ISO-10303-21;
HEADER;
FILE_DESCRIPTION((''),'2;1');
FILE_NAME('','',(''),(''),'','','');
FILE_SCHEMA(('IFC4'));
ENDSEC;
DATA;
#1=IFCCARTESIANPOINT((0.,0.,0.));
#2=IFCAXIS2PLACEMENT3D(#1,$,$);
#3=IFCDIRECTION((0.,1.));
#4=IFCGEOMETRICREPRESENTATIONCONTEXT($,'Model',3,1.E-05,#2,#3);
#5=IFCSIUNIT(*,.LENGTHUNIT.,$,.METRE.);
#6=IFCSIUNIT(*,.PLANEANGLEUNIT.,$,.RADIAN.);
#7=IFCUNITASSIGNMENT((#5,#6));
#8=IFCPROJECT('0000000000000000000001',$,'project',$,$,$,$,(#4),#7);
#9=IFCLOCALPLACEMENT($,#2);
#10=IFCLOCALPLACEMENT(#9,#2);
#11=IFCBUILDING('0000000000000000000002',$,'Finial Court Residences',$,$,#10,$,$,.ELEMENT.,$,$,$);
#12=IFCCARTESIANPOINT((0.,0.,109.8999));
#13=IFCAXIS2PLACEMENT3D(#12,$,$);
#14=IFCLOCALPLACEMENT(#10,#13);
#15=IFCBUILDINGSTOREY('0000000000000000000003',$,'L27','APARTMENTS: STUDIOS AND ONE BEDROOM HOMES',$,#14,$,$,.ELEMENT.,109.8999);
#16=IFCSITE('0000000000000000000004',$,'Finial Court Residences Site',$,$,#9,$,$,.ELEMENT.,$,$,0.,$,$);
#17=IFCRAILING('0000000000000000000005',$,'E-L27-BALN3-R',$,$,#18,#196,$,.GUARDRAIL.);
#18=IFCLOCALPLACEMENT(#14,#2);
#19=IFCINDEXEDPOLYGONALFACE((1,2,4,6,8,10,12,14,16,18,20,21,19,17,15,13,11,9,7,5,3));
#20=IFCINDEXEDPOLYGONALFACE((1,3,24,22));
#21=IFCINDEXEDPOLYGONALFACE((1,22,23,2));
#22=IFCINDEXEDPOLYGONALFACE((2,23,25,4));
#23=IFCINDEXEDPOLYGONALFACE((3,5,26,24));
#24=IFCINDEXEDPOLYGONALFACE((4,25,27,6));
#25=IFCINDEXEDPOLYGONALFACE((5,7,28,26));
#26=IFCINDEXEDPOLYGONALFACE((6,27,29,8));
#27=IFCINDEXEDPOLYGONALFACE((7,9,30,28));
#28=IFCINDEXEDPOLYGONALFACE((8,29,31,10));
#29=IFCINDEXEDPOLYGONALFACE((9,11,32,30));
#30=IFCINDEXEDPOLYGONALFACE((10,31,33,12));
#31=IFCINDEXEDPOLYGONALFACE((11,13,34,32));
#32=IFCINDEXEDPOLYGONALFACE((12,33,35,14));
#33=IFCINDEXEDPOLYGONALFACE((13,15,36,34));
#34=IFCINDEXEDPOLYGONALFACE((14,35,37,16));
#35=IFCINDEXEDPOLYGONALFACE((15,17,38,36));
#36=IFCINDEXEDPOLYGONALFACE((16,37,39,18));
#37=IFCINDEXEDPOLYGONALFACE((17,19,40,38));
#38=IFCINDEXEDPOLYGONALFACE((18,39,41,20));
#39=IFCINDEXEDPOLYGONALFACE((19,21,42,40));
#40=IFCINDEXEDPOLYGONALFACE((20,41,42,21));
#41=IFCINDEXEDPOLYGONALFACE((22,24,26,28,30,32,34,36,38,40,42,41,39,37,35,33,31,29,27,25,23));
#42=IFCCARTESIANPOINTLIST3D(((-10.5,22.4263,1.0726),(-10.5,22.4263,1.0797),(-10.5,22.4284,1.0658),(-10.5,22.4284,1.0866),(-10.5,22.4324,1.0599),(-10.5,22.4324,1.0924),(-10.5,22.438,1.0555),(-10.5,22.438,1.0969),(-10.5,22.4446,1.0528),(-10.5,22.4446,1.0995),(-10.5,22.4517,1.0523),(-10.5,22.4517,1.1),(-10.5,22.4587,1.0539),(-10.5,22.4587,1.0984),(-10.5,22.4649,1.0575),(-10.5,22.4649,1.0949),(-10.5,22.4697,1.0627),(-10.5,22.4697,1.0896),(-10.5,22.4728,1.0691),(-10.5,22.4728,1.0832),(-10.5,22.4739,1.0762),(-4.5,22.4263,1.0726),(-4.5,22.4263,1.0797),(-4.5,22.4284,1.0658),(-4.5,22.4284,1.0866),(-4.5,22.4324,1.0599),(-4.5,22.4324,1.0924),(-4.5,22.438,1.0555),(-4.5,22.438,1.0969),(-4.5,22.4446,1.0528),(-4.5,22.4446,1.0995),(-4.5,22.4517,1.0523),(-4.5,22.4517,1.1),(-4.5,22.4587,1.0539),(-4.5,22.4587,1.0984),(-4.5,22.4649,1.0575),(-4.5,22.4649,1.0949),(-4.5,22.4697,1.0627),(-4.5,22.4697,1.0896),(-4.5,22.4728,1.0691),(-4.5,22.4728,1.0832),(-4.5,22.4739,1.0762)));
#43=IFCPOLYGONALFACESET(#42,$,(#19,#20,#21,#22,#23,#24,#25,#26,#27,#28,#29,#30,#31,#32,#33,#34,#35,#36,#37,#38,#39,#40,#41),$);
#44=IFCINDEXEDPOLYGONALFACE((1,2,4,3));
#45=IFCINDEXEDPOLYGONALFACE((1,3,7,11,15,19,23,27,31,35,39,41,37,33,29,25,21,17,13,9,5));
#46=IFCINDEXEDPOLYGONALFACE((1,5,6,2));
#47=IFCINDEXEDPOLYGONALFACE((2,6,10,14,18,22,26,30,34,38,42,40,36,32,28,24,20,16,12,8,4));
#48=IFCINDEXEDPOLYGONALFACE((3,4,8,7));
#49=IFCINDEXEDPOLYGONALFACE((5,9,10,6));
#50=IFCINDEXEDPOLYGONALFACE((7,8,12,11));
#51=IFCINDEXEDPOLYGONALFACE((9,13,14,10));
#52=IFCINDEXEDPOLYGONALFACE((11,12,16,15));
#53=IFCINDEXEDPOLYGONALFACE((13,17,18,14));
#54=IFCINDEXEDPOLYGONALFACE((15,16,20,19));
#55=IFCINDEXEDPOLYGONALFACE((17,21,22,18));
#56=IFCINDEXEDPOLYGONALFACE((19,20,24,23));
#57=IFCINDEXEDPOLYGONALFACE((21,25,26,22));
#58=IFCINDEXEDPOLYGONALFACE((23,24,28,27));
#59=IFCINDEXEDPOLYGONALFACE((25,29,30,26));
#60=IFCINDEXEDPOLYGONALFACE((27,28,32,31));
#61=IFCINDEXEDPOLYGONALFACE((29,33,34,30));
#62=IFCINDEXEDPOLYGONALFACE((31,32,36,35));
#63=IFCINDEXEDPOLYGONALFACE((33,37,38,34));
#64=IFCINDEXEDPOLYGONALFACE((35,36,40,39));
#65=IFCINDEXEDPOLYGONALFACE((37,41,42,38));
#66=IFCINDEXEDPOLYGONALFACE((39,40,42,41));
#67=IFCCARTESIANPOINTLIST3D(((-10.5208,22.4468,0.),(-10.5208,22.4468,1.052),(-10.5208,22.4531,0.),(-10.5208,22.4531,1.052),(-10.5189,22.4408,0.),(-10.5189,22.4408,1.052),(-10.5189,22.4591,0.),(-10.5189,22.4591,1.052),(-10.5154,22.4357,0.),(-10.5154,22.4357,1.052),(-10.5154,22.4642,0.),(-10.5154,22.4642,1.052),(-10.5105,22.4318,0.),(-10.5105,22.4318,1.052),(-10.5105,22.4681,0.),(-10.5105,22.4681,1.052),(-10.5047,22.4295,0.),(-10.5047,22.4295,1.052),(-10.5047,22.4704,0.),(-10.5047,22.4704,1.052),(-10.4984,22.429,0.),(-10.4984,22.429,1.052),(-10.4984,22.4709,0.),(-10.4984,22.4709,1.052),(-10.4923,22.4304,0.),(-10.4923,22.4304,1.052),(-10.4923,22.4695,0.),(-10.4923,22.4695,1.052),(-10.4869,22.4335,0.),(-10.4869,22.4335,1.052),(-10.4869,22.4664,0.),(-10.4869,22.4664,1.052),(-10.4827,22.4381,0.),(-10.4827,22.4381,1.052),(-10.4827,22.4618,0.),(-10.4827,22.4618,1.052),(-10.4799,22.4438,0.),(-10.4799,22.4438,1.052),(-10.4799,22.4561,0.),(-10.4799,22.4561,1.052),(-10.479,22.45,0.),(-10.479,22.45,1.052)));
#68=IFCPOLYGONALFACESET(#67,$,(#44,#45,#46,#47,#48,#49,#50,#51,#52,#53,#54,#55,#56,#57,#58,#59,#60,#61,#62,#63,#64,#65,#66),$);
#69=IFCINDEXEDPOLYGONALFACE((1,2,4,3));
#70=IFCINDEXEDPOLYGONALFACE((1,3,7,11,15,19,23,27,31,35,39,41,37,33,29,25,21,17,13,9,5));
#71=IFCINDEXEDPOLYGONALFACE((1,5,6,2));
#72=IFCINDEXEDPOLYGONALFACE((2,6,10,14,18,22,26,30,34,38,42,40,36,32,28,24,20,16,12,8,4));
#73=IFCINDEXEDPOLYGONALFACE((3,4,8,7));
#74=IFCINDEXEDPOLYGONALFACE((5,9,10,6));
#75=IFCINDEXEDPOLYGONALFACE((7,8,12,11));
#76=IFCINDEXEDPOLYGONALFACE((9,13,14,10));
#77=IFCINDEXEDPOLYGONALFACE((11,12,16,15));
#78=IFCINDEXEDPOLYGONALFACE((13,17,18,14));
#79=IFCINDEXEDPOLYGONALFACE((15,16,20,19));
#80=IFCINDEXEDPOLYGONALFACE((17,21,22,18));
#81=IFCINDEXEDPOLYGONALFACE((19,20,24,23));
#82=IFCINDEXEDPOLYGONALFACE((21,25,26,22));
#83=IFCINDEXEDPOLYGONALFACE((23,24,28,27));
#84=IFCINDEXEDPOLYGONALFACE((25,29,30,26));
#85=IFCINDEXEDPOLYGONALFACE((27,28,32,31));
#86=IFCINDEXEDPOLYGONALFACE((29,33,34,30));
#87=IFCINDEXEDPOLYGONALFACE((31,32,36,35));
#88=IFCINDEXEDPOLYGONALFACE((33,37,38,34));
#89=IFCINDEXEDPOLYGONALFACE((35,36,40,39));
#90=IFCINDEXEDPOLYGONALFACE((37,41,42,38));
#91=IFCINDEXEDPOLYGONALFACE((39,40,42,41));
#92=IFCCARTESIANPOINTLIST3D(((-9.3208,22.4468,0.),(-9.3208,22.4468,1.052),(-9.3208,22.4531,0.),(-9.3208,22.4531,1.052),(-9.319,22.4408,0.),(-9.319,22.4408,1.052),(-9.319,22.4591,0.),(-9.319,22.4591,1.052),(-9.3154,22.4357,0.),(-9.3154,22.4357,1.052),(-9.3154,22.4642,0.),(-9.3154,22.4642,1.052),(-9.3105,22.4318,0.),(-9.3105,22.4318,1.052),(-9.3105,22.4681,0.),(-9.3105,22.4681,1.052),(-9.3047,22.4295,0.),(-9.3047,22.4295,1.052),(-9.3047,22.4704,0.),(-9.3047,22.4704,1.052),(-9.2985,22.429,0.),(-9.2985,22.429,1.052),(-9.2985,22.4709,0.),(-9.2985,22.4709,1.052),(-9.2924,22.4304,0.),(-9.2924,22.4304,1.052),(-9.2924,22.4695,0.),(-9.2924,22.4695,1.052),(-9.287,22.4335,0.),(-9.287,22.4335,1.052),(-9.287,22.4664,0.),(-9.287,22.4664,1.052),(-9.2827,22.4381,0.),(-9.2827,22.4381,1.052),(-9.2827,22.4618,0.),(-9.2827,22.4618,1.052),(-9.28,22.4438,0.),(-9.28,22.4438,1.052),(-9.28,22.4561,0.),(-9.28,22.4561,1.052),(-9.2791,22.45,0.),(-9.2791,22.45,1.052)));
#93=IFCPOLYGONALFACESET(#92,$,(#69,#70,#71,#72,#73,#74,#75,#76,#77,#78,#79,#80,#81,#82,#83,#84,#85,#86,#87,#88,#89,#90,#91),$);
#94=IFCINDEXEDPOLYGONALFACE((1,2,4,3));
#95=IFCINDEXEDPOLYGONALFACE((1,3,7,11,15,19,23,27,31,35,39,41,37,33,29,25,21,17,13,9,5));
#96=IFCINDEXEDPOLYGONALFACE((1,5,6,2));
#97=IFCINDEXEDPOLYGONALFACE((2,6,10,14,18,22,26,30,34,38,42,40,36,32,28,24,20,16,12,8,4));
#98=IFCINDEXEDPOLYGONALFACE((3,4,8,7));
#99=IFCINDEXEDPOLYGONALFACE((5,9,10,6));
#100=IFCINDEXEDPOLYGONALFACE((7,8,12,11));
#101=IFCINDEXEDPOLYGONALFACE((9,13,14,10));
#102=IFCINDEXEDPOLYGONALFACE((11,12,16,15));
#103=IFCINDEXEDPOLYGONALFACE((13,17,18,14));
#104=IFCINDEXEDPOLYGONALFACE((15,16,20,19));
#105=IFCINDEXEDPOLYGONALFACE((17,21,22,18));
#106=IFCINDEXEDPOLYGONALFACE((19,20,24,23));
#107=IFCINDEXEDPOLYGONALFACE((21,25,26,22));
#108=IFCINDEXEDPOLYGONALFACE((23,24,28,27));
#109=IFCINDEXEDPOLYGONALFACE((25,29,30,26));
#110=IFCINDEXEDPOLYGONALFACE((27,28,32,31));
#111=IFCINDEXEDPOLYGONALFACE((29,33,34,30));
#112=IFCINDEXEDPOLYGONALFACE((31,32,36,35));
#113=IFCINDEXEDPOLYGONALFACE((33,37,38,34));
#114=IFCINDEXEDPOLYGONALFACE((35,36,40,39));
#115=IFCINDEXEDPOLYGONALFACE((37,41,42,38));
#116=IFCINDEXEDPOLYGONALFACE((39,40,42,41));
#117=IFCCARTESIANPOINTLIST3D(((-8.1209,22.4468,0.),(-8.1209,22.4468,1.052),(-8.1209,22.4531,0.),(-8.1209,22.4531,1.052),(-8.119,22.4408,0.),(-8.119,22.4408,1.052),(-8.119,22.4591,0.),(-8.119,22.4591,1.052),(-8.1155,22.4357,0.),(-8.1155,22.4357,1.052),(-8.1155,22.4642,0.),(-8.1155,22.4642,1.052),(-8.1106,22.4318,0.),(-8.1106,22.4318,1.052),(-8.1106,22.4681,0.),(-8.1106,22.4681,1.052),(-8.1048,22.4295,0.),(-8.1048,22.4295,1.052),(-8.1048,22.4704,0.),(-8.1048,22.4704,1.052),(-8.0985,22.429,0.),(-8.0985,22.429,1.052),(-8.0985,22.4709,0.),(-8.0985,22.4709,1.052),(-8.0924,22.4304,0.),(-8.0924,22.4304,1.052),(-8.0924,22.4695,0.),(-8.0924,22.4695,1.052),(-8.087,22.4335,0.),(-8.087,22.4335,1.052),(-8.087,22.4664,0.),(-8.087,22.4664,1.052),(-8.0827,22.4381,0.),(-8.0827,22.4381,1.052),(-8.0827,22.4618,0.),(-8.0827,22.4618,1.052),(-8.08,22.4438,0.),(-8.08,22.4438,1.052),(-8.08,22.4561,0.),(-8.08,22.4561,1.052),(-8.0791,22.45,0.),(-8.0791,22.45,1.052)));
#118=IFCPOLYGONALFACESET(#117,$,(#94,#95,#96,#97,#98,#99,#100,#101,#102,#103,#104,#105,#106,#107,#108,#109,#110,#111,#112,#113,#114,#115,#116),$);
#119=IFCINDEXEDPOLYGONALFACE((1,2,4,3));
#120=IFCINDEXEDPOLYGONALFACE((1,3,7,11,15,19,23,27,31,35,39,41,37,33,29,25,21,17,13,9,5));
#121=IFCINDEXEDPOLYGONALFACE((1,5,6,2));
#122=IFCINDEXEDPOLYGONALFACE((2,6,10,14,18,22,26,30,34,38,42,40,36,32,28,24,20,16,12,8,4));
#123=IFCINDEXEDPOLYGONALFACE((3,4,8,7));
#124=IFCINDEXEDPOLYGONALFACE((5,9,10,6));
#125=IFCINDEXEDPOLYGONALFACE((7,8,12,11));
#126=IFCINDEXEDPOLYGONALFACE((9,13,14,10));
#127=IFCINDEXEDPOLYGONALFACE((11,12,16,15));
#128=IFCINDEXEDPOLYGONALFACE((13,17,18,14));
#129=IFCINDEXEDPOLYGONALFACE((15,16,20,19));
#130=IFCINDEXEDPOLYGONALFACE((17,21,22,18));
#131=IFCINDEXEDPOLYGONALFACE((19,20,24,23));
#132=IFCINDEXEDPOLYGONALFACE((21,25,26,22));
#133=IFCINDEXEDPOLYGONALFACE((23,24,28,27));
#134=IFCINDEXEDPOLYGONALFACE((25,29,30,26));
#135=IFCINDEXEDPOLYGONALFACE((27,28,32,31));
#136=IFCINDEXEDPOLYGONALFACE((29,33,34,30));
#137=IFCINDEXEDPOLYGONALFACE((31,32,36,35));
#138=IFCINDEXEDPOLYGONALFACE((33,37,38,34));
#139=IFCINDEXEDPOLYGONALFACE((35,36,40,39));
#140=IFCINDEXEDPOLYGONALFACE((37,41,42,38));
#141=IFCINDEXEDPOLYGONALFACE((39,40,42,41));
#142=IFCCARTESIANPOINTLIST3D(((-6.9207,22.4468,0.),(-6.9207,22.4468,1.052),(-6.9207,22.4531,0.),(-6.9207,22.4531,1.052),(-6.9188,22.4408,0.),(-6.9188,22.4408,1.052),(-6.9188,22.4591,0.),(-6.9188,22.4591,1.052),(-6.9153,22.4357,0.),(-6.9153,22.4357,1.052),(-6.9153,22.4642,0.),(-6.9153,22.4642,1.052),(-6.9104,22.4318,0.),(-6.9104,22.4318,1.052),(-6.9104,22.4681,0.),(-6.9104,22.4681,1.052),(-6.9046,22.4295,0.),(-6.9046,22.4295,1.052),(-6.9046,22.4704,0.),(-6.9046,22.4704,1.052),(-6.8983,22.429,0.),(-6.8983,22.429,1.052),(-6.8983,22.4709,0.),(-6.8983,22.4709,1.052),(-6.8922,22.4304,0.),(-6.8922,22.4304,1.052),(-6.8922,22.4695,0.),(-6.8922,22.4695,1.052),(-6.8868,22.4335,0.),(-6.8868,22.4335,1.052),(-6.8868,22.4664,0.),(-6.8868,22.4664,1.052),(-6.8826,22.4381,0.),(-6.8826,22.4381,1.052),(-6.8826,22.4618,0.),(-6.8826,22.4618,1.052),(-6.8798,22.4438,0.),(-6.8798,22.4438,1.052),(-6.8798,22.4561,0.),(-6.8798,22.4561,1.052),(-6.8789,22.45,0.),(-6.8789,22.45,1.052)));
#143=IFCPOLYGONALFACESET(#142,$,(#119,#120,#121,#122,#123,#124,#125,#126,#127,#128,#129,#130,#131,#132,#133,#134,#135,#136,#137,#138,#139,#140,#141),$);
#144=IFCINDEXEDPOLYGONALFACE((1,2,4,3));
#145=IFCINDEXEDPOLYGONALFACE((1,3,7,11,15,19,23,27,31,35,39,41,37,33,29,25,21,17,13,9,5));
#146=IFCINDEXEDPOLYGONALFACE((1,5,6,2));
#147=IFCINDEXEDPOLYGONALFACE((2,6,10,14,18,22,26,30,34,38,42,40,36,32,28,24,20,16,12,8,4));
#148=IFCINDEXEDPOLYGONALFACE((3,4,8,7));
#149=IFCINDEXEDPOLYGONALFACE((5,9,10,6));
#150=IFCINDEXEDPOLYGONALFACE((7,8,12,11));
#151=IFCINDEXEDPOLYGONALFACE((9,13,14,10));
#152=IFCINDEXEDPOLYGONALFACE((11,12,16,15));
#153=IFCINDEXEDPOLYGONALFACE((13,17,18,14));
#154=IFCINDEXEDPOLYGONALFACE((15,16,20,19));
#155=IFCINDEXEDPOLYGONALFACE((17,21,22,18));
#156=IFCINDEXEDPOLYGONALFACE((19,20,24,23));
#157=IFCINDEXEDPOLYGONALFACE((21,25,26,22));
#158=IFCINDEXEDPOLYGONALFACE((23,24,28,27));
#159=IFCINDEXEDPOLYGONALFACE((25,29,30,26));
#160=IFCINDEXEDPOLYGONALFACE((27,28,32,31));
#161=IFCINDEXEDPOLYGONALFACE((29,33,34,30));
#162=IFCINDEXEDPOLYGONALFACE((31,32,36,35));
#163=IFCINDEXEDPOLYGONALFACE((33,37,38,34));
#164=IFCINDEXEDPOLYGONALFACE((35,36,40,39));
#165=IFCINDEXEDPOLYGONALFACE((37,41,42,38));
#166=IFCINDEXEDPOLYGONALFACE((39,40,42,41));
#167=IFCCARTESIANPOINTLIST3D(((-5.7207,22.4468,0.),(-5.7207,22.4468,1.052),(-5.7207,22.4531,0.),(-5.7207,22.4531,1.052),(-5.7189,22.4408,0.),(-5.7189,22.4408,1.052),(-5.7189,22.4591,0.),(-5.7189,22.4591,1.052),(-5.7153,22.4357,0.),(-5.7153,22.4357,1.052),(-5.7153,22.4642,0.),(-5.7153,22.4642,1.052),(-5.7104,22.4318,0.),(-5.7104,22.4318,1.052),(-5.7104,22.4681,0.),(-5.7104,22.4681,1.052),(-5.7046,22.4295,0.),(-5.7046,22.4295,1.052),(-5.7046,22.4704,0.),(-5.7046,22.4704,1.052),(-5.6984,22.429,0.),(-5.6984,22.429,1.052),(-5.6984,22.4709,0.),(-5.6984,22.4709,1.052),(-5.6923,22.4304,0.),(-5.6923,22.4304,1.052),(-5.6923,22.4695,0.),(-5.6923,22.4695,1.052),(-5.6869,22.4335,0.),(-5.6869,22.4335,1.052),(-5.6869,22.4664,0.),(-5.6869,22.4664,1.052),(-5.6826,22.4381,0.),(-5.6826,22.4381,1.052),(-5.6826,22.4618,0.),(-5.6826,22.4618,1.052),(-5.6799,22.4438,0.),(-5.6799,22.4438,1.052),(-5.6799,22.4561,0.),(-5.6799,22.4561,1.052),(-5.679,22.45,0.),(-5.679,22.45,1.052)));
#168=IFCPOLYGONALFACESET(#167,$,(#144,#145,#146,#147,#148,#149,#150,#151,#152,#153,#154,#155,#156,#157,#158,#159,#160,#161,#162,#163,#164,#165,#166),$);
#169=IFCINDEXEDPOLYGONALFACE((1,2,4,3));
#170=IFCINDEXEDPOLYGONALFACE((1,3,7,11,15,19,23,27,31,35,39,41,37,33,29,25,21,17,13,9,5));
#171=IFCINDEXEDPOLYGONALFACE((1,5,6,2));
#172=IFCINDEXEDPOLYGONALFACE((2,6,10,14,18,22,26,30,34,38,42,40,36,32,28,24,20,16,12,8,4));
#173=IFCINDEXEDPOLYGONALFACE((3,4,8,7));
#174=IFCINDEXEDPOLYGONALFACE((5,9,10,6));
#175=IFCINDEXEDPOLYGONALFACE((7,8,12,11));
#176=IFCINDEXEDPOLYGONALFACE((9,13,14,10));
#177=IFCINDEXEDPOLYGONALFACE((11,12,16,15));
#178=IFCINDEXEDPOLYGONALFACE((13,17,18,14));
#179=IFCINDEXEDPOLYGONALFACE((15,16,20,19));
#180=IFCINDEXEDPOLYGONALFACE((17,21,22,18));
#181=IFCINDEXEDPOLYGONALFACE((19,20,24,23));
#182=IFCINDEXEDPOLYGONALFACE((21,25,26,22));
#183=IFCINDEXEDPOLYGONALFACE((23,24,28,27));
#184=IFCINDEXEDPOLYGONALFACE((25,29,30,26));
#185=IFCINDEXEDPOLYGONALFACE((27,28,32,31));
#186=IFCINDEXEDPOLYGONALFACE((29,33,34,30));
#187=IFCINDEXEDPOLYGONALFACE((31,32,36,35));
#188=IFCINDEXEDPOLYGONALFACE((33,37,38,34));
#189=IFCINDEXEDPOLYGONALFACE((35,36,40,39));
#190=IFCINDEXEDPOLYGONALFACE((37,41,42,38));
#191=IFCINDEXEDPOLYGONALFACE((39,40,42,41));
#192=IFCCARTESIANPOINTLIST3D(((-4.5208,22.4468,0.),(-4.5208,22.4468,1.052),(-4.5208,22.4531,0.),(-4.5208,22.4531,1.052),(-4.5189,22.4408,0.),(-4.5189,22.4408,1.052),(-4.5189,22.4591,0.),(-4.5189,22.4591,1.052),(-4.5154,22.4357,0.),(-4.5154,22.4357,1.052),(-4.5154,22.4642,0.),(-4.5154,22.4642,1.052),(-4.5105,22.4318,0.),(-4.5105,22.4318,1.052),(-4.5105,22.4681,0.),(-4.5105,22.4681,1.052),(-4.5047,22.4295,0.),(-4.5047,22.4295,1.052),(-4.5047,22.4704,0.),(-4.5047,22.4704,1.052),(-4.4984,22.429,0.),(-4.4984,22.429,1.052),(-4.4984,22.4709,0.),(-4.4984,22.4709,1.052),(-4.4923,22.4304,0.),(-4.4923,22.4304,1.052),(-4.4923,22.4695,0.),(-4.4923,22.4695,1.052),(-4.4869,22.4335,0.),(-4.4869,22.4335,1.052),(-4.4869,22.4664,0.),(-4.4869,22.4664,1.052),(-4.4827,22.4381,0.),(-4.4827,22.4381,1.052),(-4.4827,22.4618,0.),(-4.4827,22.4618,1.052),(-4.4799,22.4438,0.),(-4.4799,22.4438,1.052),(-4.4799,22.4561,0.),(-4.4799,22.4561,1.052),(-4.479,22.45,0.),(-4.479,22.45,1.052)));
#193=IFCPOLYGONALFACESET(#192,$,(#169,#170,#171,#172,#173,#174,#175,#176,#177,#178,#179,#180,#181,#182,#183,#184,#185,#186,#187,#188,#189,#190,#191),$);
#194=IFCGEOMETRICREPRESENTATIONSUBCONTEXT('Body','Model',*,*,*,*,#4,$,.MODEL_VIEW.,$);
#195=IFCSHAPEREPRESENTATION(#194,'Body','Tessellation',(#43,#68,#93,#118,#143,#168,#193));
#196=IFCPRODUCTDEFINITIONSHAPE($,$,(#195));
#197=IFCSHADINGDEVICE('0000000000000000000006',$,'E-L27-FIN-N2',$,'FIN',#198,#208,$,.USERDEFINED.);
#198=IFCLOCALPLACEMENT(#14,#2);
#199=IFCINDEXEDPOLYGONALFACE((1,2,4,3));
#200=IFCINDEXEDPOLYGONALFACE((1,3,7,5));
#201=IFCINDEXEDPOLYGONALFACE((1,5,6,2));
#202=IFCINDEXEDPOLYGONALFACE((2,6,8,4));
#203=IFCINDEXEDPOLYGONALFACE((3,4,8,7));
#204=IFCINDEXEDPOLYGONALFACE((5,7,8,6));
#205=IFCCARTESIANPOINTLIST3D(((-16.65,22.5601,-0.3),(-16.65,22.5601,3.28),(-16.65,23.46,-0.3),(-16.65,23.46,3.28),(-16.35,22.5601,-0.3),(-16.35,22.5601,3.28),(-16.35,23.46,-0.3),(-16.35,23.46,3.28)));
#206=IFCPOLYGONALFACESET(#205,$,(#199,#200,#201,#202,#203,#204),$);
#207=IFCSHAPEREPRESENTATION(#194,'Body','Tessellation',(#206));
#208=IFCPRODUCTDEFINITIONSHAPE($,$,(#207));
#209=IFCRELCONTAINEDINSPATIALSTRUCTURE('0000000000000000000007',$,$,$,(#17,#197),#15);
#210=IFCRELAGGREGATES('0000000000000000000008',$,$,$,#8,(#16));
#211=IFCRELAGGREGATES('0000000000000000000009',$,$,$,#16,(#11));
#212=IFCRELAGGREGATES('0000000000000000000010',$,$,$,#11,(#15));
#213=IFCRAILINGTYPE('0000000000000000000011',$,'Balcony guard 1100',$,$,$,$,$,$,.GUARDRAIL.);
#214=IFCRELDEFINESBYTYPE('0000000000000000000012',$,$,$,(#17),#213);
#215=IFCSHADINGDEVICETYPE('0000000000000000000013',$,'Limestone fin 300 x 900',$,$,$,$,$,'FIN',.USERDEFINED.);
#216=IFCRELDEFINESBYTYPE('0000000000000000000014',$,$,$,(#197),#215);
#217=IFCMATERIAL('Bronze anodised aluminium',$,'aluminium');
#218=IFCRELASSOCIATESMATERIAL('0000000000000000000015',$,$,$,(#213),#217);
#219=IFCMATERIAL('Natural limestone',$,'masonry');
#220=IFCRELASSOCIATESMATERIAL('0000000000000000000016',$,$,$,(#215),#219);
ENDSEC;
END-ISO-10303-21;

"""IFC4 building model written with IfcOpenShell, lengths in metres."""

from ifc_helpers import new_model, si_unit, direction, frame, origin, origin_2d, place, context, subcontext, project, spatial, rectangle, circle, extrude, material, type_object, element, save


model = new_model("IFC4")

# Units and contexts
model_context = context("Model", 3, precision=1e-05, world=origin(), true_north=direction((0.0, 1.0)))
body_context = subcontext(model_context, "Body", "Model", "MODEL_VIEW")
ifc_project = project(units=[si_unit("LENGTHUNIT", "METRE"), si_unit("PLANEANGLEUNIT", "RADIAN")], contexts=[model_context])

# Site, building, storey
site_placement = place(None, origin())
site = spatial("IfcSite", under=ifc_project, at=site_placement, Name="Finial Court Residences Site", CompositionType="ELEMENT", RefElevation=0.0)
building_placement = place(site_placement, origin())
building = spatial("IfcBuilding", under=site, at=building_placement, Name="Finial Court Residences", CompositionType="ELEMENT")
storey_placement = place(building_placement, frame((0.0, 0.0, 109.8999)))
storey = spatial("IfcBuildingStorey", under=building, at=storey_placement, Name="L27", Description="APARTMENTS: STUDIOS AND ONE BEDROOM HOMES", CompositionType="ELEMENT", Elevation=109.8999)

# Shared definitions
ifc_material_1 = material(Name="Natural limestone", Category="masonry")

# Shared definitions
ifc_material_2 = material(Name="Bronze anodised aluminium", Category="aluminium")

# Railing
railing_type = type_object("IfcRailingType", Name="Balcony guard 1100", PredefinedType="GUARDRAIL", material=ifc_material_2)
for number, where, name in (
    (1, (-10.5, 22.45, 0.0), "E-L27-BALN3-R"),
):
    element("IfcRailing", number, at=place(storey_placement, frame(where)), inside=storey, type_object=railing_type, Name=name, PredefinedType="GUARDRAIL", context=body_context, shape_type="SweptSolid", body=[
        extrude(circle(Radius=0.0239, at=origin_2d()), frame((0.0, 0.0, 1.0762), z_axis=(1.0, 0.0, 0.0), x_axis=(0.0, 1.0, 0.0)), (0.0, 0.0, 1.0), 6.0),
        extrude(circle(Radius=0.021, at=origin_2d()), origin(), (0.0, 0.0, 1.0), 1.052),
        extrude(circle(Radius=0.021, at=origin_2d()), frame((1.2, 0.0, 0.0)), (0.0, 0.0, 1.0), 1.052),
        extrude(circle(Radius=0.021, at=origin_2d()), frame((2.3999, 0.0, 0.0)), (0.0, 0.0, 1.0), 1.052),
        extrude(circle(Radius=0.021, at=origin_2d()), frame((3.6001, 0.0, 0.0)), (0.0, 0.0, 1.0), 1.052),
        extrude(circle(Radius=0.021, at=origin_2d()), frame((4.8, 0.0, 0.0)), (0.0, 0.0, 1.0), 1.052),
        extrude(circle(Radius=0.021, at=origin_2d()), frame((6.0, 0.0, 0.0)), (0.0, 0.0, 1.0), 1.052),
    ])

# Shading device
shading_device_type = type_object("IfcShadingDeviceType", Name="Limestone fin 300 x 900", ElementType="FIN", PredefinedType="USERDEFINED", material=ifc_material_1)
shading_device_placement = place(storey_placement, frame((-16.5, 23.01, -0.3), z_axis=(0.0, 0.0, 1.0), x_axis=(1.0, 0.0, 0.0)))
element("IfcShadingDevice", 2, at=shading_device_placement, inside=storey, type_object=shading_device_type, Name="E-L27-FIN-N2", ObjectType="FIN", PredefinedType="USERDEFINED", context=body_context, shape_type="SweptSolid", body=[
    extrude(rectangle(XDim=0.3, YDim=0.8999, at=origin_2d()), origin(), (0.0, 0.0, 1.0), 3.5801),
])

save(model, "model.ifc")
